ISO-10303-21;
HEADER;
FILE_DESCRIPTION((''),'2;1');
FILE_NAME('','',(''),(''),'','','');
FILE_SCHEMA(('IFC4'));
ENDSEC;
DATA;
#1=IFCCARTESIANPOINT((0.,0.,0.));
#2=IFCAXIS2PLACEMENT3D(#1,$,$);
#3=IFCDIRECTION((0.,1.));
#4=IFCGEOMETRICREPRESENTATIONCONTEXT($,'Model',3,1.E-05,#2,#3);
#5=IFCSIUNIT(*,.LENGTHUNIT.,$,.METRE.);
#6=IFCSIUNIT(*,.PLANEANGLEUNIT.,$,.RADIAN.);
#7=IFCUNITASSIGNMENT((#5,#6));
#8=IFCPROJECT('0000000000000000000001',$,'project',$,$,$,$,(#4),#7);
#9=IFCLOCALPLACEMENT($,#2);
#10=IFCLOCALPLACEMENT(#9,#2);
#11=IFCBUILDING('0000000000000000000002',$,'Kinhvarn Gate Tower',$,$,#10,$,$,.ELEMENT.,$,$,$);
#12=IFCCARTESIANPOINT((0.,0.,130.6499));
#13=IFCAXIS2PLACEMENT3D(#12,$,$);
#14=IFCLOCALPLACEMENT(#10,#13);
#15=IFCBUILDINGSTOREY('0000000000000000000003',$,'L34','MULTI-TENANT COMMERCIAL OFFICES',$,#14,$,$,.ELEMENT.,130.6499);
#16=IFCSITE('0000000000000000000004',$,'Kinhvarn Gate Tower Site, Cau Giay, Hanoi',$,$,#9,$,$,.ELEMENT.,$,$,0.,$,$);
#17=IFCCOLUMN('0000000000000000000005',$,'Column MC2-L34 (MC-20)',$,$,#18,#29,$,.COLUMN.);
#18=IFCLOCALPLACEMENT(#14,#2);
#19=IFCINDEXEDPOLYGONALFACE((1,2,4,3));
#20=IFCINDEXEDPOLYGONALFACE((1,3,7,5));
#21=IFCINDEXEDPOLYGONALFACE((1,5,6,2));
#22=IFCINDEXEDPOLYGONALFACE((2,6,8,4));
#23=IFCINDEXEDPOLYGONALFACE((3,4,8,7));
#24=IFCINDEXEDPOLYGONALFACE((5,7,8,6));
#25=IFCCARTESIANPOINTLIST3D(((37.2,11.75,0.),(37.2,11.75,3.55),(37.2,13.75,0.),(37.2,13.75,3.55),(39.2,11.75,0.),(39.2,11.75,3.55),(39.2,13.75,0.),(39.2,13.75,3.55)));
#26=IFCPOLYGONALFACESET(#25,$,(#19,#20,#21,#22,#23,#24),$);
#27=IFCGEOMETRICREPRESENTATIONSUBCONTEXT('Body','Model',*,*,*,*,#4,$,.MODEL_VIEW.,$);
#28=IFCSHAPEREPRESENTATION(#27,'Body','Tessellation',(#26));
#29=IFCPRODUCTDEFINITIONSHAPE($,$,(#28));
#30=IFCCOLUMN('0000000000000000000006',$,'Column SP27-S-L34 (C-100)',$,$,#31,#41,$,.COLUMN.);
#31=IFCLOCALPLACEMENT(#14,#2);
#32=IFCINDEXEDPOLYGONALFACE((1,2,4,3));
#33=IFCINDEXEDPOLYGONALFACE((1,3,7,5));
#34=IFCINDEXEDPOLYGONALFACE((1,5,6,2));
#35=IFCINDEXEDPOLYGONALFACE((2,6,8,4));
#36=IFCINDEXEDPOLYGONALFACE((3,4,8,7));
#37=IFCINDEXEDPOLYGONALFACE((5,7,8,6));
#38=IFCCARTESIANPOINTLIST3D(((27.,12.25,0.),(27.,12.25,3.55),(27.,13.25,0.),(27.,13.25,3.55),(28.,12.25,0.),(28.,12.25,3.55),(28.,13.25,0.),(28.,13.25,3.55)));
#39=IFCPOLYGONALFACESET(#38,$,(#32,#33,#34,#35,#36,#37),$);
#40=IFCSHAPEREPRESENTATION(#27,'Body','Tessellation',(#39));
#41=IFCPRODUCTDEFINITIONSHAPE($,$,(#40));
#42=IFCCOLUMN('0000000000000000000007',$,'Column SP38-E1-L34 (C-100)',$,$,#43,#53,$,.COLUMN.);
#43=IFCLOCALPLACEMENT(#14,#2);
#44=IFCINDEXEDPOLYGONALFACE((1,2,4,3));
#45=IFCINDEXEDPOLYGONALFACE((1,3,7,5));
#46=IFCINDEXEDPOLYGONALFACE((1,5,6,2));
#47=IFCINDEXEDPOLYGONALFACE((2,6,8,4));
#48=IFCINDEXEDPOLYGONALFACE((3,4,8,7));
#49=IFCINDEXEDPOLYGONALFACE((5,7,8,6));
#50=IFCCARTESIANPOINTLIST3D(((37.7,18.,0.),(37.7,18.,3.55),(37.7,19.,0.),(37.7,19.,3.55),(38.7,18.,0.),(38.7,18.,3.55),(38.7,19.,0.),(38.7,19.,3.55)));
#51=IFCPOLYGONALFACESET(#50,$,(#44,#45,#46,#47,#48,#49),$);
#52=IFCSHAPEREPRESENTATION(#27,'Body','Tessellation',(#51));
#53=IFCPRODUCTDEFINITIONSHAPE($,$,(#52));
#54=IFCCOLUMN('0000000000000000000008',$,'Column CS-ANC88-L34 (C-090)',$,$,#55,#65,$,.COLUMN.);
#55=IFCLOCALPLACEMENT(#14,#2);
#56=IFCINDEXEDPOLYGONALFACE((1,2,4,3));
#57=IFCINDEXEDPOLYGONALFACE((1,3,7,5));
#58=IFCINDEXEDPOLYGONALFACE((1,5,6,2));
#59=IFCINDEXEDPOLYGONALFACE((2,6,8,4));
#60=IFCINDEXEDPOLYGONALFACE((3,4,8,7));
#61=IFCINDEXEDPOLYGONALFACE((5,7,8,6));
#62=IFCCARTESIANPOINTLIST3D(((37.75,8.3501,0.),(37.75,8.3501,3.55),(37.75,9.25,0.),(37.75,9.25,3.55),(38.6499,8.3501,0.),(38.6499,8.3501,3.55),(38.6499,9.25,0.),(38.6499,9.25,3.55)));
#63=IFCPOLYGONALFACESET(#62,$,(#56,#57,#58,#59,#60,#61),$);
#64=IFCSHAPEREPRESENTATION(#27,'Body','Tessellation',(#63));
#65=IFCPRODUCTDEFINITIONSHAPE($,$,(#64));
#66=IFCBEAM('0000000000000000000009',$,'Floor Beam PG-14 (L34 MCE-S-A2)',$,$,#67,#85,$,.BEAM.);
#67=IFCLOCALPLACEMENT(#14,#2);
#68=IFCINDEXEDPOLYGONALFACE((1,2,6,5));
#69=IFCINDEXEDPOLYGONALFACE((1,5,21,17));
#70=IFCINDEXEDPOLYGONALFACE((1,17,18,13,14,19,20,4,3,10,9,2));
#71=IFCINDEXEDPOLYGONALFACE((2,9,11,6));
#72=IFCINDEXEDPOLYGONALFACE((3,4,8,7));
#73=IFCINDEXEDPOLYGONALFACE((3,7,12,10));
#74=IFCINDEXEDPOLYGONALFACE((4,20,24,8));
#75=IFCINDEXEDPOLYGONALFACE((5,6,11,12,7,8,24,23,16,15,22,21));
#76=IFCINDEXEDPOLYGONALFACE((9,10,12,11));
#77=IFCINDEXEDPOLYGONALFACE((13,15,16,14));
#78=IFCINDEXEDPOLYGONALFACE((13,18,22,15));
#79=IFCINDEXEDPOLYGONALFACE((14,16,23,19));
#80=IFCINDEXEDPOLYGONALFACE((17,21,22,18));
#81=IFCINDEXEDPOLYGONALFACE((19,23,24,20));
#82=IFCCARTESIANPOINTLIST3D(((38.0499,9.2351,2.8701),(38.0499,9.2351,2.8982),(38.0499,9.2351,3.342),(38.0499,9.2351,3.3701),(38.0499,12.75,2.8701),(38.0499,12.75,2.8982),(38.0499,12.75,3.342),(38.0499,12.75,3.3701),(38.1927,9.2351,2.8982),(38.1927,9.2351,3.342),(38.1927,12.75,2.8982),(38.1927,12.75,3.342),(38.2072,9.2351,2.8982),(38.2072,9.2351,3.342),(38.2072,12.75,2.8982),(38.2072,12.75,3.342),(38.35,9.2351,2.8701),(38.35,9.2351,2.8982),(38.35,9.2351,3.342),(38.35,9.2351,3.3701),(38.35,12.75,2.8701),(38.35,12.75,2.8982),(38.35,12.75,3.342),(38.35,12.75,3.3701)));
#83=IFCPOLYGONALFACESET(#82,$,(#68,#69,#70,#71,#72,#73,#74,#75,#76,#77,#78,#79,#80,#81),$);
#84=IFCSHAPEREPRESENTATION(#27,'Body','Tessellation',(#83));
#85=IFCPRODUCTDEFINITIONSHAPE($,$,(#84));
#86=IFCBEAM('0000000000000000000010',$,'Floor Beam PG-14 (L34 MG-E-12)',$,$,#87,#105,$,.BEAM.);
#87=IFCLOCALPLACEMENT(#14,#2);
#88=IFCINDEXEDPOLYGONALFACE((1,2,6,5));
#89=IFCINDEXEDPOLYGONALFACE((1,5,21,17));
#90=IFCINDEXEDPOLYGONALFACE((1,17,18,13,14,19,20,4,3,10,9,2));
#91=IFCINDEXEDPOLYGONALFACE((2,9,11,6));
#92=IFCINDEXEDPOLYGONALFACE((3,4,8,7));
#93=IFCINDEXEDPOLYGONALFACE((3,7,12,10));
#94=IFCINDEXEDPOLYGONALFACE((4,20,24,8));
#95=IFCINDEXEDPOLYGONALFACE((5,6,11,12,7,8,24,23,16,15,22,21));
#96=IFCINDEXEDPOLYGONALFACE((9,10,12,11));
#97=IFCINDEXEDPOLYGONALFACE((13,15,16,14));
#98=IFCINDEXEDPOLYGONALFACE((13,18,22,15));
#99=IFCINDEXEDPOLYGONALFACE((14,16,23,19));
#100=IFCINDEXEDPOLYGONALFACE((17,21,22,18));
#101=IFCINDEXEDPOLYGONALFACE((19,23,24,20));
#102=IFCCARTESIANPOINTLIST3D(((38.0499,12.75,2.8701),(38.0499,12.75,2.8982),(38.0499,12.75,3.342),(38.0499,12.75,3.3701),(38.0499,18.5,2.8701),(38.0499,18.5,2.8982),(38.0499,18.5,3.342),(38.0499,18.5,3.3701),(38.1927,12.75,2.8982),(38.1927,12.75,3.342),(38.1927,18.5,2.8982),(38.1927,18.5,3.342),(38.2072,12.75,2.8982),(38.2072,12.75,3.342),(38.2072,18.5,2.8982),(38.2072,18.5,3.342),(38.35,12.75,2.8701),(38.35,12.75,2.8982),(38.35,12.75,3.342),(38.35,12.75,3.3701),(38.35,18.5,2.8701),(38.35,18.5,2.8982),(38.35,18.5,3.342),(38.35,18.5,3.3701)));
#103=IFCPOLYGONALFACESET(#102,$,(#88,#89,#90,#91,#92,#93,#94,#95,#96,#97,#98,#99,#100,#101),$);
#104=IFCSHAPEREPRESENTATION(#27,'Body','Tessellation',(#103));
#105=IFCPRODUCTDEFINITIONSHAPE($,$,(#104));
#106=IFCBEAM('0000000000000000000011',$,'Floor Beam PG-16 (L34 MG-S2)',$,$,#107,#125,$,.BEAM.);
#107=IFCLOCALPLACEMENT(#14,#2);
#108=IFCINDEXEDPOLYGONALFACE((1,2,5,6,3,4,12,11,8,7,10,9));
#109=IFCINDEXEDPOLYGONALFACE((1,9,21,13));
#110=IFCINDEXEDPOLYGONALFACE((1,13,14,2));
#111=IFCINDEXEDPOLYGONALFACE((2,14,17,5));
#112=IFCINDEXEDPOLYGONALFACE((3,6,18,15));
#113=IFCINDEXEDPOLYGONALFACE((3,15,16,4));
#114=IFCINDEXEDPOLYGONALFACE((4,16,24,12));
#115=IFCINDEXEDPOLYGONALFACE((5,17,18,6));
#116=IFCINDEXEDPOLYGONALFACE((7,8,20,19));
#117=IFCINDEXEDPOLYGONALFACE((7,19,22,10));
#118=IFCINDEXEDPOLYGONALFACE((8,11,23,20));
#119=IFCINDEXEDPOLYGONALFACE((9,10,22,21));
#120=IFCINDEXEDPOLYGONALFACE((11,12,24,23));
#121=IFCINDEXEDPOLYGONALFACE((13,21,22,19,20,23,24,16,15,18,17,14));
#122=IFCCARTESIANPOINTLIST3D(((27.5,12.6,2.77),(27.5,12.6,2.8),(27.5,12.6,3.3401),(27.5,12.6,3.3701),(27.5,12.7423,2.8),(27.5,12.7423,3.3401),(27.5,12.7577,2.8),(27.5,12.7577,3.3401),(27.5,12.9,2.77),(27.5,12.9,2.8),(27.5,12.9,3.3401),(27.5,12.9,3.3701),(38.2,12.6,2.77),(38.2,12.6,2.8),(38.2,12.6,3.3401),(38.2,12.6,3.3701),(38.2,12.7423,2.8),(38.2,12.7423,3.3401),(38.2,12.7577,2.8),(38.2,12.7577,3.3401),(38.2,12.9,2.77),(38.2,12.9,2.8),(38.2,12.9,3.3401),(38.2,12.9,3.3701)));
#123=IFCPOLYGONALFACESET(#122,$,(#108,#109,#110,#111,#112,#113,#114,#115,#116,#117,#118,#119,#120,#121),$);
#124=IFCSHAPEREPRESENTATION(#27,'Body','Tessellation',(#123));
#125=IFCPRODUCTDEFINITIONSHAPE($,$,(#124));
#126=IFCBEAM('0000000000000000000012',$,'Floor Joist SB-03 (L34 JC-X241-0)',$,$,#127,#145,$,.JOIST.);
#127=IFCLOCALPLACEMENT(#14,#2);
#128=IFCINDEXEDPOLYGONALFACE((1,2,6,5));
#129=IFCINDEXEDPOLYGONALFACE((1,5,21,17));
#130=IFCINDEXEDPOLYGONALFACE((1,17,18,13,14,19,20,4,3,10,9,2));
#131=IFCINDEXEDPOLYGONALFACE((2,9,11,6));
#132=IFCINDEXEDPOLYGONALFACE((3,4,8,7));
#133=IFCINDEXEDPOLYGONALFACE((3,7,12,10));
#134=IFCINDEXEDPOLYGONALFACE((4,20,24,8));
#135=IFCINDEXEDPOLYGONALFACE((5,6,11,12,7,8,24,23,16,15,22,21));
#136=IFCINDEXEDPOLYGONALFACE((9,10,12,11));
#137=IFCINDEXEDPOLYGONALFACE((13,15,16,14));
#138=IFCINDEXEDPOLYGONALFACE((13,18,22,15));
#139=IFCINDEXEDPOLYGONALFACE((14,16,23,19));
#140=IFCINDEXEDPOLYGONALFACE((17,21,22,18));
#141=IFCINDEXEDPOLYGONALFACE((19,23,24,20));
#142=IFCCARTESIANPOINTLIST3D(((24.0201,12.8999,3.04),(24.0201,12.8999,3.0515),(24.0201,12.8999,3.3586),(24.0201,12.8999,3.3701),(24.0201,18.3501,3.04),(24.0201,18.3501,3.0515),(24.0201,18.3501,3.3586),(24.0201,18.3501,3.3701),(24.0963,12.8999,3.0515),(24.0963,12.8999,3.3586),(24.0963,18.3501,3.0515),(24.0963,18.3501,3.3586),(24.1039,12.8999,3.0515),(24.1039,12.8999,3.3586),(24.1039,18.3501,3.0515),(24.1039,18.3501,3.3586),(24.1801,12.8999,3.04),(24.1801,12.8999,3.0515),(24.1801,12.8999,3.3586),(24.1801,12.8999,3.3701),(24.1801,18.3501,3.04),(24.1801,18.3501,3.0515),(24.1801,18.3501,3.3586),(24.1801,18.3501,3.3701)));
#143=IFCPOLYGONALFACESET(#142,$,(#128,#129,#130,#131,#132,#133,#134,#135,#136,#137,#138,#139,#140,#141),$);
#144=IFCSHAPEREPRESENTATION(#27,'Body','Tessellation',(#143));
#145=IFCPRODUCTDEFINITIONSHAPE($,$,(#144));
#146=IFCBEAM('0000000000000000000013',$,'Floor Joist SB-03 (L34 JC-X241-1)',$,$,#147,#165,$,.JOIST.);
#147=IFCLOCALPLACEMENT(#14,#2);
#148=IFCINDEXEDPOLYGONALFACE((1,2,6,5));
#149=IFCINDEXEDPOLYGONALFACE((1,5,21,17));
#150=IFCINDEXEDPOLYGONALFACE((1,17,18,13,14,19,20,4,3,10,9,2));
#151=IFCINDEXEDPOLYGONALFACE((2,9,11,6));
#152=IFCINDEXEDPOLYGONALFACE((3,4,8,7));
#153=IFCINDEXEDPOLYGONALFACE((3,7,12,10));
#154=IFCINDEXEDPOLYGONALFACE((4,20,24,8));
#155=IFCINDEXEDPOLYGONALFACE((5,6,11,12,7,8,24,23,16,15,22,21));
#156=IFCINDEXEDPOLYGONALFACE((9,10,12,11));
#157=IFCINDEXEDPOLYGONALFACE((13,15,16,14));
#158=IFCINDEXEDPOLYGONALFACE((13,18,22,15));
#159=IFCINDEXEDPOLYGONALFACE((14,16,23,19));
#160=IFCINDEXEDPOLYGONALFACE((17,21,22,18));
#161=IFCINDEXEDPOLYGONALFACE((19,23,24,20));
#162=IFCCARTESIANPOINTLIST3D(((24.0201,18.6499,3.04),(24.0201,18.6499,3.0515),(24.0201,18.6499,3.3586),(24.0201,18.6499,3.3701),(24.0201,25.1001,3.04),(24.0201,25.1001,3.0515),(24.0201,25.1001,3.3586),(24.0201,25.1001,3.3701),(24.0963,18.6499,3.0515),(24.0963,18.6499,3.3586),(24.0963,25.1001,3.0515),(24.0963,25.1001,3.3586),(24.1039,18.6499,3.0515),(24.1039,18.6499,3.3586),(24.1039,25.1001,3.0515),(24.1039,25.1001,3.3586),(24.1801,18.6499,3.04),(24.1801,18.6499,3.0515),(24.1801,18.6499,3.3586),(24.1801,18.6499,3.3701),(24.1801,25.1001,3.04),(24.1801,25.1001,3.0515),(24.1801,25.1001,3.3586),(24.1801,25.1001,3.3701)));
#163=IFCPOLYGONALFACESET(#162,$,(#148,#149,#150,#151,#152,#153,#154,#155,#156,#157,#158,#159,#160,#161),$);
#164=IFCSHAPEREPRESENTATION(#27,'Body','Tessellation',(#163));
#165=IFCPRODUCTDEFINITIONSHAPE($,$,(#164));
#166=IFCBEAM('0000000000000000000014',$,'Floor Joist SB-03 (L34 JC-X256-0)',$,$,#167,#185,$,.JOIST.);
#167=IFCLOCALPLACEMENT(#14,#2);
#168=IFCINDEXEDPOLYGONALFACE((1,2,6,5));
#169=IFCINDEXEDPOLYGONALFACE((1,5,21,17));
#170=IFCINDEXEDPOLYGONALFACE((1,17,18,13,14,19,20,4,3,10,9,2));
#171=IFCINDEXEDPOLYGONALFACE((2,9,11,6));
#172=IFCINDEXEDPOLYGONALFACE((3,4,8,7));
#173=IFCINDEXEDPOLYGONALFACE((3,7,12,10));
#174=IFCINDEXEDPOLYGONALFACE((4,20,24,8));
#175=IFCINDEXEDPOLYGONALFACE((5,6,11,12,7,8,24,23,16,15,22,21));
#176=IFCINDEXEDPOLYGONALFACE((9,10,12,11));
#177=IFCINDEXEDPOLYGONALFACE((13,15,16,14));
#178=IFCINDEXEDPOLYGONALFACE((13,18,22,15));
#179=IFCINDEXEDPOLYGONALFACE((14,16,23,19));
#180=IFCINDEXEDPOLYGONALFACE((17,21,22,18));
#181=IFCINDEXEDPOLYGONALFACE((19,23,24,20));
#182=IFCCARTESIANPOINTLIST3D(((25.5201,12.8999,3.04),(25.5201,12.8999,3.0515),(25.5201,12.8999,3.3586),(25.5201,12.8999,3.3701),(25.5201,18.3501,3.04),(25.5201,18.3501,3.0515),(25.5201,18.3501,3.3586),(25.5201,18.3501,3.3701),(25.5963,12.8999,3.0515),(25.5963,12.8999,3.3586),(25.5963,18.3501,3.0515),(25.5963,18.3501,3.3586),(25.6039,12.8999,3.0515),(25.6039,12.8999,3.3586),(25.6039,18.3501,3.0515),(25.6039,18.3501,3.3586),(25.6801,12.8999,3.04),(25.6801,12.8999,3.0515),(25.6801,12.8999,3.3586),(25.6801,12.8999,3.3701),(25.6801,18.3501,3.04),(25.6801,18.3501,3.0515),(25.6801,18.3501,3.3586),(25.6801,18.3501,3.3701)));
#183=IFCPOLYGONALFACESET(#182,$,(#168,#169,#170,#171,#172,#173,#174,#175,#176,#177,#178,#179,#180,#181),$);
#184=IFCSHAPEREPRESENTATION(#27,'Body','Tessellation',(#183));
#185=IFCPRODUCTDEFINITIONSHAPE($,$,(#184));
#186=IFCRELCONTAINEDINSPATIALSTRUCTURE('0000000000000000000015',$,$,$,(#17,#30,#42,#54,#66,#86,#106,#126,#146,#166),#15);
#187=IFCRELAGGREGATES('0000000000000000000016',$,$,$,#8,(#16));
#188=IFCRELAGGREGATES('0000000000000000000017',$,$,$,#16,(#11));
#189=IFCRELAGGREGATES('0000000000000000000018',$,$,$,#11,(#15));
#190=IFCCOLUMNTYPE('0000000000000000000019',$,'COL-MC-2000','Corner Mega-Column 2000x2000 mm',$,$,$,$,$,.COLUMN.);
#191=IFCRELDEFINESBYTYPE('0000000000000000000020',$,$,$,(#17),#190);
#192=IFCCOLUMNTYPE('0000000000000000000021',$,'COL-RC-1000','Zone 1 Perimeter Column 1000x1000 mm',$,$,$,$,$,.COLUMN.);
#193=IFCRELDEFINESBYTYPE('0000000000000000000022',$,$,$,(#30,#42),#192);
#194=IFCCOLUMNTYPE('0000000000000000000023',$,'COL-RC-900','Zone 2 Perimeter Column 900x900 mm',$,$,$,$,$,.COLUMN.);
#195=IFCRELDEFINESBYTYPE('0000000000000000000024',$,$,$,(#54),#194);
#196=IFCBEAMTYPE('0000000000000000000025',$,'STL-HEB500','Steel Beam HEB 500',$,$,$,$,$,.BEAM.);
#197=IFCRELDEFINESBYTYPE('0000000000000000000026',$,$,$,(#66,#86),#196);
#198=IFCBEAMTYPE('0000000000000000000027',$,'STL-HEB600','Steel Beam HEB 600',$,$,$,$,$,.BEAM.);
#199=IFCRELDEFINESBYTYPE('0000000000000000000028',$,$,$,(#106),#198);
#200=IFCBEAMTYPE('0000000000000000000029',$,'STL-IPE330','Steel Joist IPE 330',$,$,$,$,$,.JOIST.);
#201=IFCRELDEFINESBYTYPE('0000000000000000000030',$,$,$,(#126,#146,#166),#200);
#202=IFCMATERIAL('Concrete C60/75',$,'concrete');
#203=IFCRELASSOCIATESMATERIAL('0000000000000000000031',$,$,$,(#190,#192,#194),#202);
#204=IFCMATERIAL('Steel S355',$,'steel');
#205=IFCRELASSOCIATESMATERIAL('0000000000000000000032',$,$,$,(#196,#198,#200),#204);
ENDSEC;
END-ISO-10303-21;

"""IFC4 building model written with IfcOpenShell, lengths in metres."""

from ifc_helpers import new_model, si_unit, direction, frame, origin, origin_2d, place, context, subcontext, project, spatial, rectangle, i_section, extrude, material, material_profile, profile_set, type_object, element, save


model = new_model("IFC4")

# Units and contexts
model_context = context("Model", 3, precision=1e-05, world=origin(), true_north=direction((0.0, 1.0)))
body_context = subcontext(model_context, "Body", "Model", "MODEL_VIEW")
ifc_project = project(units=[si_unit("LENGTHUNIT", "METRE"), si_unit("PLANEANGLEUNIT", "RADIAN")], contexts=[model_context])

# Site, building, storey
site_placement = place(None, origin())
site = spatial("IfcSite", under=ifc_project, at=site_placement, Name="Kinhvarn Gate Tower Site, Cau Giay, Hanoi", CompositionType="ELEMENT", RefElevation=0.0)
building_placement = place(site_placement, origin())
building = spatial("IfcBuilding", under=site, at=building_placement, Name="Kinhvarn Gate Tower", CompositionType="ELEMENT")
storey_placement = place(building_placement, frame((0.0, 0.0, 130.6499)))
storey = spatial("IfcBuildingStorey", under=building, at=storey_placement, Name="L34", Description="MULTI-TENANT COMMERCIAL OFFICES", CompositionType="ELEMENT", Elevation=130.6499)

# Columns
ifc_material_1 = material(Name="Concrete C60/75", Category="concrete")
ifc_material_profile_1 = material_profile(ifc_material_1, rectangle(XDim=2.0, YDim=2.0, at=origin_2d()), Name="RC 2000x2000")
ifc_profile_set_1 = profile_set([ifc_material_profile_1], Name="Concrete C60/75")
column_type_1 = type_object("IfcColumnType", Name="COL-MC-2000", Description="Corner Mega-Column 2000x2000 mm", PredefinedType="COLUMN", material=ifc_profile_set_1)
column_1_placement = place(storey_placement, frame((38.2, 12.75, 0.0), z_axis=(0.0, 0.0, 1.0), x_axis=(1.0, 0.0, 0.0)))
element("IfcColumn", 1, at=column_1_placement, inside=storey, type_object=column_type_1, Name="Column MC2-L34 (MC-20)", PredefinedType="COLUMN", context=body_context, shape_type="SweptSolid", body=[
    extrude(rectangle(XDim=2.0, YDim=2.0, at=origin_2d()), origin(), (0.0, 0.0, 1.0), 3.55),
])
ifc_material_profile_2 = material_profile(ifc_material_1, rectangle(XDim=1.0, YDim=1.0, at=origin_2d()), Name="RC 1000x1000")
ifc_profile_set_2 = profile_set([ifc_material_profile_2], Name="Concrete C60/75")
column_type_2 = type_object("IfcColumnType", Name="COL-RC-1000", Description="Zone 1 Perimeter Column 1000x1000 mm", PredefinedType="COLUMN", material=ifc_profile_set_2)
for number, where, z_axis, x_axis, name in (
    (2, (27.5, 12.75, 0.0), (0.0, 0.0, 1.0), (1.0, 0.0, 0.0), "Column SP27-S-L34 (C-100)"),
    (3, (38.2, 18.5, 0.0), (0.0, 0.0, 1.0), (1.0, 0.0, 0.0), "Column SP38-E1-L34 (C-100)"),
):
    element("IfcColumn", number, at=place(storey_placement, frame(where, z_axis=z_axis, x_axis=x_axis)), inside=storey, type_object=column_type_2, Name=name, PredefinedType="COLUMN", context=body_context, shape_type="SweptSolid", body=[
        extrude(rectangle(XDim=1.0, YDim=1.0, at=origin_2d()), origin(), (0.0, 0.0, 1.0), 3.55),
    ])
ifc_material_profile_3 = material_profile(ifc_material_1, rectangle(XDim=0.8999, YDim=0.8999, at=origin_2d()), Name="RC 900x900")
ifc_profile_set_3 = profile_set([ifc_material_profile_3], Name="Concrete C60/75")
column_type_3 = type_object("IfcColumnType", Name="COL-RC-900", Description="Zone 2 Perimeter Column 900x900 mm", PredefinedType="COLUMN", material=ifc_profile_set_3)
column_2_placement = place(storey_placement, frame((38.2, 8.8, 0.0), z_axis=(0.0, 0.0, 1.0), x_axis=(1.0, 0.0, 0.0)))
element("IfcColumn", 4, at=column_2_placement, inside=storey, type_object=column_type_3, Name="Column CS-ANC88-L34 (C-090)", PredefinedType="COLUMN", context=body_context, shape_type="SweptSolid", body=[
    extrude(rectangle(XDim=0.8999, YDim=0.8999, at=origin_2d()), origin(), (0.0, 0.0, 1.0), 3.55),
])

# Beams
ifc_material_2 = material(Name="Steel S355", Category="steel")
ifc_material_profile_4 = material_profile(ifc_material_2, i_section(OverallWidth=0.3, OverallDepth=0.5, WebThickness=0.0144, FlangeThickness=0.0281, at=origin_2d()), Name="HEB 500")
ifc_profile_set_4 = profile_set([ifc_material_profile_4], Name="Steel S355")
beam_type_1 = type_object("IfcBeamType", Name="STL-HEB500", Description="Steel Beam HEB 500", PredefinedType="BEAM", material=ifc_profile_set_4)
beam_1_placement = place(storey_placement, frame((38.2, 9.2351, 3.1201), z_axis=(0.0, 1.0, 0.0), x_axis=(-1.0, 0.0, 0.0)))
element("IfcBeam", 5, at=beam_1_placement, inside=storey, type_object=beam_type_1, Name="Floor Beam PG-14 (L34 MCE-S-A2)", PredefinedType="BEAM", context=body_context, shape_type="SweptSolid", body=[
    extrude(i_section(OverallWidth=0.3, OverallDepth=0.5, WebThickness=0.0144, FlangeThickness=0.0281, at=origin_2d()), origin(), (0.0, 0.0, 1.0), 3.5149),
])
beam_2_placement = place(storey_placement, frame((38.2, 12.75, 3.1201), z_axis=(0.0, 1.0, 0.0), x_axis=(-1.0, 0.0, 0.0)))
element("IfcBeam", 6, at=beam_2_placement, inside=storey, type_object=beam_type_1, Name="Floor Beam PG-14 (L34 MG-E-12)", PredefinedType="BEAM", context=body_context, shape_type="SweptSolid", body=[
    extrude(i_section(OverallWidth=0.3, OverallDepth=0.5, WebThickness=0.0144, FlangeThickness=0.0281, at=origin_2d()), origin(), (0.0, 0.0, 1.0), 5.75),
])
ifc_material_profile_5 = material_profile(ifc_material_2, i_section(OverallWidth=0.3, OverallDepth=0.6001, WebThickness=0.0154, FlangeThickness=0.03, at=origin_2d()), Name="HEB 600")
ifc_profile_set_5 = profile_set([ifc_material_profile_5], Name="Steel S355")
beam_type_2 = type_object("IfcBeamType", Name="STL-HEB600", Description="Steel Beam HEB 600", PredefinedType="BEAM", material=ifc_profile_set_5)
beam_3_placement = place(storey_placement, frame((27.5, 12.75, 3.0701), z_axis=(1.0, 0.0, 0.0), x_axis=(0.0, 1.0, 0.0)))
element("IfcBeam", 7, at=beam_3_placement, inside=storey, type_object=beam_type_2, Name="Floor Beam PG-16 (L34 MG-S2)", PredefinedType="BEAM", context=body_context, shape_type="SweptSolid", body=[
    extrude(i_section(OverallWidth=0.3, OverallDepth=0.6001, WebThickness=0.0154, FlangeThickness=0.03, at=origin_2d()), origin(), (0.0, 0.0, 1.0), 10.7),
])
ifc_material_profile_6 = material_profile(ifc_material_2, i_section(OverallWidth=0.1599, OverallDepth=0.3301, WebThickness=0.0076, FlangeThickness=0.0115, at=origin_2d()), Name="IPE 330")
ifc_profile_set_6 = profile_set([ifc_material_profile_6], Name="Steel S355")
beam_type_3 = type_object("IfcBeamType", Name="STL-IPE330", Description="Steel Joist IPE 330", PredefinedType="JOIST", material=ifc_profile_set_6)
beam_4_placement = place(storey_placement, frame((24.1001, 12.8999, 3.2051), z_axis=(0.0, 1.0, 0.0), x_axis=(-1.0, 0.0, 0.0)))
element("IfcBeam", 8, at=beam_4_placement, inside=storey, type_object=beam_type_3, Name="Floor Joist SB-03 (L34 JC-X241-0)", PredefinedType="JOIST", context=body_context, shape_type="SweptSolid", body=[
    extrude(i_section(OverallWidth=0.1599, OverallDepth=0.3301, WebThickness=0.0076, FlangeThickness=0.0115, at=origin_2d()), origin(), (0.0, 0.0, 1.0), 5.4502),
])
beam_5_placement = place(storey_placement, frame((24.1001, 18.6499, 3.2051), z_axis=(0.0, 1.0, 0.0), x_axis=(-1.0, 0.0, 0.0)))
element("IfcBeam", 9, at=beam_5_placement, inside=storey, type_object=beam_type_3, Name="Floor Joist SB-03 (L34 JC-X241-1)", PredefinedType="JOIST", context=body_context, shape_type="SweptSolid", body=[
    extrude(i_section(OverallWidth=0.1599, OverallDepth=0.3301, WebThickness=0.0076, FlangeThickness=0.0115, at=origin_2d()), origin(), (0.0, 0.0, 1.0), 6.4502),
])
beam_6_placement = place(storey_placement, frame((25.6001, 12.8999, 3.2051), z_axis=(0.0, 1.0, 0.0), x_axis=(-1.0, 0.0, 0.0)))
element("IfcBeam", 10, at=beam_6_placement, inside=storey, type_object=beam_type_3, Name="Floor Joist SB-03 (L34 JC-X256-0)", PredefinedType="JOIST", context=body_context, shape_type="SweptSolid", body=[
    extrude(i_section(OverallWidth=0.1599, OverallDepth=0.3301, WebThickness=0.0076, FlangeThickness=0.0115, at=origin_2d()), origin(), (0.0, 0.0, 1.0), 5.4502),
])

save(model, "model.ifc")
